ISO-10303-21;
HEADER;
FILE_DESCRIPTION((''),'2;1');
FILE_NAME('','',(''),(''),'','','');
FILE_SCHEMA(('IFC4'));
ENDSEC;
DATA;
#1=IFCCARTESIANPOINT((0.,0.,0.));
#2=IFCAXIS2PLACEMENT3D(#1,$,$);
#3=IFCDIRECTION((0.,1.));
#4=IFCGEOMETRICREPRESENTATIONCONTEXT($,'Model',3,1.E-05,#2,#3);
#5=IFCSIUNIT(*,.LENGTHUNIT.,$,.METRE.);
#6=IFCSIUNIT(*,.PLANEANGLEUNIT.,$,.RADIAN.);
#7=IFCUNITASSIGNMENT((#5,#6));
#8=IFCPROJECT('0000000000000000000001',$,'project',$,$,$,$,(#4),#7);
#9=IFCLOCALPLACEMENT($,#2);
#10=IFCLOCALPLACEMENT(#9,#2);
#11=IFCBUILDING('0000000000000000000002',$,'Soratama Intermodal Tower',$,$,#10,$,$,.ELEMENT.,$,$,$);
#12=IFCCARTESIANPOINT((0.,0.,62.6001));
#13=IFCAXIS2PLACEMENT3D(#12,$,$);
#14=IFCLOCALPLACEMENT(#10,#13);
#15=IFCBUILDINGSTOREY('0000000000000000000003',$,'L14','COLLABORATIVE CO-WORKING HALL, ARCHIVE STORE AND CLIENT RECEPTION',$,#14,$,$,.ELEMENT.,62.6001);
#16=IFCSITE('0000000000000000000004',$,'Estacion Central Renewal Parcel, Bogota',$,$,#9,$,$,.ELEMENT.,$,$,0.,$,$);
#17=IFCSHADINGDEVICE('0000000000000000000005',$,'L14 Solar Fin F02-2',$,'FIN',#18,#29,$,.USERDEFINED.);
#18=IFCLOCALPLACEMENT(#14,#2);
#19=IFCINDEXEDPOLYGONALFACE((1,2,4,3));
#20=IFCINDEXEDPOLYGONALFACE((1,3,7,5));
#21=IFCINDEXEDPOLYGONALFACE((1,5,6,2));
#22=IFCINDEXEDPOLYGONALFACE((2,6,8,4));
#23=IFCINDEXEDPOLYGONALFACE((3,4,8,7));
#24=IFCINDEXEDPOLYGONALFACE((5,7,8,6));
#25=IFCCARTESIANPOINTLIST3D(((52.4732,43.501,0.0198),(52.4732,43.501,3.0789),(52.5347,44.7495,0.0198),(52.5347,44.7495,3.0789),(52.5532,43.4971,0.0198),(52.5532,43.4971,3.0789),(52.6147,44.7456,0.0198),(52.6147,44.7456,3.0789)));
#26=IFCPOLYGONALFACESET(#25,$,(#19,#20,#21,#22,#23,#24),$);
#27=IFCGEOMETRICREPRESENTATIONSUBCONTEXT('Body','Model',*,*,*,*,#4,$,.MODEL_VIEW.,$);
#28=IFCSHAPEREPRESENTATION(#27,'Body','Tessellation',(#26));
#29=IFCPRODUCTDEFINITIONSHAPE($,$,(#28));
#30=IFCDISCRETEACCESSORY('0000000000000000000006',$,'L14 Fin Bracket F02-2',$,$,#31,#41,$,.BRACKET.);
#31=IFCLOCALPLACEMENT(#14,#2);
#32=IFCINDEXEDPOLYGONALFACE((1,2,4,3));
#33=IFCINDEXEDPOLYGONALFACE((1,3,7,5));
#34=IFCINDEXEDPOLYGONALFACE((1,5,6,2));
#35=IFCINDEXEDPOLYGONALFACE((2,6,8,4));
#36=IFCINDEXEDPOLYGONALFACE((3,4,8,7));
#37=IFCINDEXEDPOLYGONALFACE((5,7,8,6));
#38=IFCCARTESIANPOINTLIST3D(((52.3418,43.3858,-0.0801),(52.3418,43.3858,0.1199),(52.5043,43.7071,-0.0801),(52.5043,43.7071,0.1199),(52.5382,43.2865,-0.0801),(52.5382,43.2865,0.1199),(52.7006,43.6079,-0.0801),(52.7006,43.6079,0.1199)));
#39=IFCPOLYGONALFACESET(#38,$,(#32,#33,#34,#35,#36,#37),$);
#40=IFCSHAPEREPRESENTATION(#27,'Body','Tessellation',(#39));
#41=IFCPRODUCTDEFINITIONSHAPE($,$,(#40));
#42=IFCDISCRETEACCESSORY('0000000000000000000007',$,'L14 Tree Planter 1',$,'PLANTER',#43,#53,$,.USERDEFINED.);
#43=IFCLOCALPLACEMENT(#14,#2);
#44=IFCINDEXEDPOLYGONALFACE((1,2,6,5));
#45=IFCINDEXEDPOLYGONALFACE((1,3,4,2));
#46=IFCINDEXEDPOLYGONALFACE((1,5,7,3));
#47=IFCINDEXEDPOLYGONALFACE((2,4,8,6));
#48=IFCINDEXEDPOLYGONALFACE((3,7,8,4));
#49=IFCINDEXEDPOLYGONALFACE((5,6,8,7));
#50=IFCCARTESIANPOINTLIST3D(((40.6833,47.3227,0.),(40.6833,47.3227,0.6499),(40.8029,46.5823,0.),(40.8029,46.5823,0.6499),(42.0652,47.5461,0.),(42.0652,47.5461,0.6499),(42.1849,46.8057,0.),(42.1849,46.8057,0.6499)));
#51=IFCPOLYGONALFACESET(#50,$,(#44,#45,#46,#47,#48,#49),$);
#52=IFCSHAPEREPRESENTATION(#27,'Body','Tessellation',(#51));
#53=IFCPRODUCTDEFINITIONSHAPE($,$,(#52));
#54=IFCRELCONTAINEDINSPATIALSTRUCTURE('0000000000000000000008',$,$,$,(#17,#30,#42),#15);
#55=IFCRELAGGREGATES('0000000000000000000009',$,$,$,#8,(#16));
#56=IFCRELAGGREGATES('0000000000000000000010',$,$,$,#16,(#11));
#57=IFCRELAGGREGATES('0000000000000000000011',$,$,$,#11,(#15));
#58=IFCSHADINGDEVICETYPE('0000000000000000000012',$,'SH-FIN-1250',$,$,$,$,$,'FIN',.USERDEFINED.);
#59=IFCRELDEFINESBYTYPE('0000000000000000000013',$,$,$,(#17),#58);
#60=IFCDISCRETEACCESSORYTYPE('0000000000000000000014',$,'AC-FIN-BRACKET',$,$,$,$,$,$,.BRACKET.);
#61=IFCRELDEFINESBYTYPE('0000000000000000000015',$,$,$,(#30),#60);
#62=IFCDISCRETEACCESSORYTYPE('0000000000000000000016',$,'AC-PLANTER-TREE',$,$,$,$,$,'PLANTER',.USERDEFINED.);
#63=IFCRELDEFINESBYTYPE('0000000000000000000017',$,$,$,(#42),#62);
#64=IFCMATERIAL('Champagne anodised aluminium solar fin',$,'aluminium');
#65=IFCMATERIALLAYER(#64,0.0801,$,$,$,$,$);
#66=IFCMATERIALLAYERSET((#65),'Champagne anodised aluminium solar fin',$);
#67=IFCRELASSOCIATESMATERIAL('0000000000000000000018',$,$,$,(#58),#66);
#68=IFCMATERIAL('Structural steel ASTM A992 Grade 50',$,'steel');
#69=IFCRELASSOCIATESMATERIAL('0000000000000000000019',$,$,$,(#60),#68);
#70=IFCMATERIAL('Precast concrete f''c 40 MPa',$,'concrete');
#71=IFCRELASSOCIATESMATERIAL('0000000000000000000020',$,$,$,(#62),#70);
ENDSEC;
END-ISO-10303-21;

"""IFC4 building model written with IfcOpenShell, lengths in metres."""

from ifc_helpers import new_model, si_unit, direction, frame, origin, origin_2d, place, context, subcontext, project, spatial, rectangle, extrude, material, layer, layer_set, type_object, element, save


model = new_model("IFC4")

# Units and contexts
model_context = context("Model", 3, precision=1e-05, world=origin(), true_north=direction((0.0, 1.0)))
body_context = subcontext(model_context, "Body", "Model", "MODEL_VIEW")
ifc_project = project(units=[si_unit("LENGTHUNIT", "METRE"), si_unit("PLANEANGLEUNIT", "RADIAN")], contexts=[model_context])

# Site, building, storey
site_placement = place(None, origin())
site = spatial("IfcSite", under=ifc_project, at=site_placement, Name="Estacion Central Renewal Parcel, Bogota", CompositionType="ELEMENT", RefElevation=0.0)
building_placement = place(site_placement, origin())
building = spatial("IfcBuilding", under=site, at=building_placement, Name="Soratama Intermodal Tower", CompositionType="ELEMENT")
storey_placement = place(building_placement, frame((0.0, 0.0, 62.6001)))
storey = spatial("IfcBuildingStorey", under=building, at=storey_placement, Name="L14", Description="COLLABORATIVE CO-WORKING HALL, ARCHIVE STORE AND CLIENT RECEPTION", CompositionType="ELEMENT", Elevation=62.6001)

# Shading device
ifc_material_1 = material(Name="Champagne anodised aluminium solar fin", Category="aluminium")
ifc_layer_1 = layer(ifc_material_1, 0.0801)
ifc_layer_set_1 = layer_set([ifc_layer_1], Name="Champagne anodised aluminium solar fin")
shading_device_type = type_object("IfcShadingDeviceType", Name="SH-FIN-1250", ElementType="FIN", PredefinedType="USERDEFINED", material=ifc_layer_set_1)
shading_device_placement = place(storey_placement, frame((52.5439, 44.1233, 0.0198), z_axis=(0.0, 0.0, 1.0), x_axis=(0.049198, 0.998789, 0.0)))
element("IfcShadingDevice", 1, at=shading_device_placement, inside=storey, type_object=shading_device_type, Name="L14 Solar Fin F02-2", ObjectType="FIN", PredefinedType="USERDEFINED", context=body_context, shape_type="SweptSolid", body=[
    extrude(rectangle(XDim=1.25, YDim=0.0801, at=origin_2d()), origin(), (0.0, 0.0, 1.0), 3.0591),
])

# Discrete accessories
ifc_material_2 = material(Name="Structural steel ASTM A992 Grade 50", Category="steel")
discrete_accessory_type_1 = type_object("IfcDiscreteAccessoryType", Name="AC-FIN-BRACKET", PredefinedType="BRACKET", material=ifc_material_2)
discrete_accessory_1_placement = place(storey_placement, frame((52.5212, 43.4968, -0.0801), z_axis=(0.0, 0.0, 1.0), x_axis=(0.451189, 0.892428, 0.0)))
element("IfcDiscreteAccessory", 2, at=discrete_accessory_1_placement, inside=storey, type_object=discrete_accessory_type_1, Name="L14 Fin Bracket F02-2", PredefinedType="BRACKET", context=body_context, shape_type="SweptSolid", body=[
    extrude(rectangle(XDim=0.3601, YDim=0.22, at=origin_2d()), origin(), (0.0, 0.0, 1.0), 0.2),
])
ifc_material_3 = material(Name="Precast concrete f'c 40 MPa", Category="concrete")
discrete_accessory_type_2 = type_object("IfcDiscreteAccessoryType", Name="AC-PLANTER-TREE", ElementType="PLANTER", PredefinedType="USERDEFINED", material=ifc_material_3)
discrete_accessory_2_placement = place(storey_placement, frame((41.4341, 47.0642, 0.0), z_axis=(0.0, 0.0, 1.0), x_axis=(-0.159537, 0.987192, 0.0)))
element("IfcDiscreteAccessory", 3, at=discrete_accessory_2_placement, inside=storey, type_object=discrete_accessory_type_2, Name="L14 Tree Planter 1", ObjectType="PLANTER", PredefinedType="USERDEFINED", context=body_context, shape_type="SweptSolid", body=[
    extrude(rectangle(XDim=0.75, YDim=1.3999, at=origin_2d()), origin(), (0.0, 0.0, 1.0), 0.6499),
])

save(model, "model.ifc")
